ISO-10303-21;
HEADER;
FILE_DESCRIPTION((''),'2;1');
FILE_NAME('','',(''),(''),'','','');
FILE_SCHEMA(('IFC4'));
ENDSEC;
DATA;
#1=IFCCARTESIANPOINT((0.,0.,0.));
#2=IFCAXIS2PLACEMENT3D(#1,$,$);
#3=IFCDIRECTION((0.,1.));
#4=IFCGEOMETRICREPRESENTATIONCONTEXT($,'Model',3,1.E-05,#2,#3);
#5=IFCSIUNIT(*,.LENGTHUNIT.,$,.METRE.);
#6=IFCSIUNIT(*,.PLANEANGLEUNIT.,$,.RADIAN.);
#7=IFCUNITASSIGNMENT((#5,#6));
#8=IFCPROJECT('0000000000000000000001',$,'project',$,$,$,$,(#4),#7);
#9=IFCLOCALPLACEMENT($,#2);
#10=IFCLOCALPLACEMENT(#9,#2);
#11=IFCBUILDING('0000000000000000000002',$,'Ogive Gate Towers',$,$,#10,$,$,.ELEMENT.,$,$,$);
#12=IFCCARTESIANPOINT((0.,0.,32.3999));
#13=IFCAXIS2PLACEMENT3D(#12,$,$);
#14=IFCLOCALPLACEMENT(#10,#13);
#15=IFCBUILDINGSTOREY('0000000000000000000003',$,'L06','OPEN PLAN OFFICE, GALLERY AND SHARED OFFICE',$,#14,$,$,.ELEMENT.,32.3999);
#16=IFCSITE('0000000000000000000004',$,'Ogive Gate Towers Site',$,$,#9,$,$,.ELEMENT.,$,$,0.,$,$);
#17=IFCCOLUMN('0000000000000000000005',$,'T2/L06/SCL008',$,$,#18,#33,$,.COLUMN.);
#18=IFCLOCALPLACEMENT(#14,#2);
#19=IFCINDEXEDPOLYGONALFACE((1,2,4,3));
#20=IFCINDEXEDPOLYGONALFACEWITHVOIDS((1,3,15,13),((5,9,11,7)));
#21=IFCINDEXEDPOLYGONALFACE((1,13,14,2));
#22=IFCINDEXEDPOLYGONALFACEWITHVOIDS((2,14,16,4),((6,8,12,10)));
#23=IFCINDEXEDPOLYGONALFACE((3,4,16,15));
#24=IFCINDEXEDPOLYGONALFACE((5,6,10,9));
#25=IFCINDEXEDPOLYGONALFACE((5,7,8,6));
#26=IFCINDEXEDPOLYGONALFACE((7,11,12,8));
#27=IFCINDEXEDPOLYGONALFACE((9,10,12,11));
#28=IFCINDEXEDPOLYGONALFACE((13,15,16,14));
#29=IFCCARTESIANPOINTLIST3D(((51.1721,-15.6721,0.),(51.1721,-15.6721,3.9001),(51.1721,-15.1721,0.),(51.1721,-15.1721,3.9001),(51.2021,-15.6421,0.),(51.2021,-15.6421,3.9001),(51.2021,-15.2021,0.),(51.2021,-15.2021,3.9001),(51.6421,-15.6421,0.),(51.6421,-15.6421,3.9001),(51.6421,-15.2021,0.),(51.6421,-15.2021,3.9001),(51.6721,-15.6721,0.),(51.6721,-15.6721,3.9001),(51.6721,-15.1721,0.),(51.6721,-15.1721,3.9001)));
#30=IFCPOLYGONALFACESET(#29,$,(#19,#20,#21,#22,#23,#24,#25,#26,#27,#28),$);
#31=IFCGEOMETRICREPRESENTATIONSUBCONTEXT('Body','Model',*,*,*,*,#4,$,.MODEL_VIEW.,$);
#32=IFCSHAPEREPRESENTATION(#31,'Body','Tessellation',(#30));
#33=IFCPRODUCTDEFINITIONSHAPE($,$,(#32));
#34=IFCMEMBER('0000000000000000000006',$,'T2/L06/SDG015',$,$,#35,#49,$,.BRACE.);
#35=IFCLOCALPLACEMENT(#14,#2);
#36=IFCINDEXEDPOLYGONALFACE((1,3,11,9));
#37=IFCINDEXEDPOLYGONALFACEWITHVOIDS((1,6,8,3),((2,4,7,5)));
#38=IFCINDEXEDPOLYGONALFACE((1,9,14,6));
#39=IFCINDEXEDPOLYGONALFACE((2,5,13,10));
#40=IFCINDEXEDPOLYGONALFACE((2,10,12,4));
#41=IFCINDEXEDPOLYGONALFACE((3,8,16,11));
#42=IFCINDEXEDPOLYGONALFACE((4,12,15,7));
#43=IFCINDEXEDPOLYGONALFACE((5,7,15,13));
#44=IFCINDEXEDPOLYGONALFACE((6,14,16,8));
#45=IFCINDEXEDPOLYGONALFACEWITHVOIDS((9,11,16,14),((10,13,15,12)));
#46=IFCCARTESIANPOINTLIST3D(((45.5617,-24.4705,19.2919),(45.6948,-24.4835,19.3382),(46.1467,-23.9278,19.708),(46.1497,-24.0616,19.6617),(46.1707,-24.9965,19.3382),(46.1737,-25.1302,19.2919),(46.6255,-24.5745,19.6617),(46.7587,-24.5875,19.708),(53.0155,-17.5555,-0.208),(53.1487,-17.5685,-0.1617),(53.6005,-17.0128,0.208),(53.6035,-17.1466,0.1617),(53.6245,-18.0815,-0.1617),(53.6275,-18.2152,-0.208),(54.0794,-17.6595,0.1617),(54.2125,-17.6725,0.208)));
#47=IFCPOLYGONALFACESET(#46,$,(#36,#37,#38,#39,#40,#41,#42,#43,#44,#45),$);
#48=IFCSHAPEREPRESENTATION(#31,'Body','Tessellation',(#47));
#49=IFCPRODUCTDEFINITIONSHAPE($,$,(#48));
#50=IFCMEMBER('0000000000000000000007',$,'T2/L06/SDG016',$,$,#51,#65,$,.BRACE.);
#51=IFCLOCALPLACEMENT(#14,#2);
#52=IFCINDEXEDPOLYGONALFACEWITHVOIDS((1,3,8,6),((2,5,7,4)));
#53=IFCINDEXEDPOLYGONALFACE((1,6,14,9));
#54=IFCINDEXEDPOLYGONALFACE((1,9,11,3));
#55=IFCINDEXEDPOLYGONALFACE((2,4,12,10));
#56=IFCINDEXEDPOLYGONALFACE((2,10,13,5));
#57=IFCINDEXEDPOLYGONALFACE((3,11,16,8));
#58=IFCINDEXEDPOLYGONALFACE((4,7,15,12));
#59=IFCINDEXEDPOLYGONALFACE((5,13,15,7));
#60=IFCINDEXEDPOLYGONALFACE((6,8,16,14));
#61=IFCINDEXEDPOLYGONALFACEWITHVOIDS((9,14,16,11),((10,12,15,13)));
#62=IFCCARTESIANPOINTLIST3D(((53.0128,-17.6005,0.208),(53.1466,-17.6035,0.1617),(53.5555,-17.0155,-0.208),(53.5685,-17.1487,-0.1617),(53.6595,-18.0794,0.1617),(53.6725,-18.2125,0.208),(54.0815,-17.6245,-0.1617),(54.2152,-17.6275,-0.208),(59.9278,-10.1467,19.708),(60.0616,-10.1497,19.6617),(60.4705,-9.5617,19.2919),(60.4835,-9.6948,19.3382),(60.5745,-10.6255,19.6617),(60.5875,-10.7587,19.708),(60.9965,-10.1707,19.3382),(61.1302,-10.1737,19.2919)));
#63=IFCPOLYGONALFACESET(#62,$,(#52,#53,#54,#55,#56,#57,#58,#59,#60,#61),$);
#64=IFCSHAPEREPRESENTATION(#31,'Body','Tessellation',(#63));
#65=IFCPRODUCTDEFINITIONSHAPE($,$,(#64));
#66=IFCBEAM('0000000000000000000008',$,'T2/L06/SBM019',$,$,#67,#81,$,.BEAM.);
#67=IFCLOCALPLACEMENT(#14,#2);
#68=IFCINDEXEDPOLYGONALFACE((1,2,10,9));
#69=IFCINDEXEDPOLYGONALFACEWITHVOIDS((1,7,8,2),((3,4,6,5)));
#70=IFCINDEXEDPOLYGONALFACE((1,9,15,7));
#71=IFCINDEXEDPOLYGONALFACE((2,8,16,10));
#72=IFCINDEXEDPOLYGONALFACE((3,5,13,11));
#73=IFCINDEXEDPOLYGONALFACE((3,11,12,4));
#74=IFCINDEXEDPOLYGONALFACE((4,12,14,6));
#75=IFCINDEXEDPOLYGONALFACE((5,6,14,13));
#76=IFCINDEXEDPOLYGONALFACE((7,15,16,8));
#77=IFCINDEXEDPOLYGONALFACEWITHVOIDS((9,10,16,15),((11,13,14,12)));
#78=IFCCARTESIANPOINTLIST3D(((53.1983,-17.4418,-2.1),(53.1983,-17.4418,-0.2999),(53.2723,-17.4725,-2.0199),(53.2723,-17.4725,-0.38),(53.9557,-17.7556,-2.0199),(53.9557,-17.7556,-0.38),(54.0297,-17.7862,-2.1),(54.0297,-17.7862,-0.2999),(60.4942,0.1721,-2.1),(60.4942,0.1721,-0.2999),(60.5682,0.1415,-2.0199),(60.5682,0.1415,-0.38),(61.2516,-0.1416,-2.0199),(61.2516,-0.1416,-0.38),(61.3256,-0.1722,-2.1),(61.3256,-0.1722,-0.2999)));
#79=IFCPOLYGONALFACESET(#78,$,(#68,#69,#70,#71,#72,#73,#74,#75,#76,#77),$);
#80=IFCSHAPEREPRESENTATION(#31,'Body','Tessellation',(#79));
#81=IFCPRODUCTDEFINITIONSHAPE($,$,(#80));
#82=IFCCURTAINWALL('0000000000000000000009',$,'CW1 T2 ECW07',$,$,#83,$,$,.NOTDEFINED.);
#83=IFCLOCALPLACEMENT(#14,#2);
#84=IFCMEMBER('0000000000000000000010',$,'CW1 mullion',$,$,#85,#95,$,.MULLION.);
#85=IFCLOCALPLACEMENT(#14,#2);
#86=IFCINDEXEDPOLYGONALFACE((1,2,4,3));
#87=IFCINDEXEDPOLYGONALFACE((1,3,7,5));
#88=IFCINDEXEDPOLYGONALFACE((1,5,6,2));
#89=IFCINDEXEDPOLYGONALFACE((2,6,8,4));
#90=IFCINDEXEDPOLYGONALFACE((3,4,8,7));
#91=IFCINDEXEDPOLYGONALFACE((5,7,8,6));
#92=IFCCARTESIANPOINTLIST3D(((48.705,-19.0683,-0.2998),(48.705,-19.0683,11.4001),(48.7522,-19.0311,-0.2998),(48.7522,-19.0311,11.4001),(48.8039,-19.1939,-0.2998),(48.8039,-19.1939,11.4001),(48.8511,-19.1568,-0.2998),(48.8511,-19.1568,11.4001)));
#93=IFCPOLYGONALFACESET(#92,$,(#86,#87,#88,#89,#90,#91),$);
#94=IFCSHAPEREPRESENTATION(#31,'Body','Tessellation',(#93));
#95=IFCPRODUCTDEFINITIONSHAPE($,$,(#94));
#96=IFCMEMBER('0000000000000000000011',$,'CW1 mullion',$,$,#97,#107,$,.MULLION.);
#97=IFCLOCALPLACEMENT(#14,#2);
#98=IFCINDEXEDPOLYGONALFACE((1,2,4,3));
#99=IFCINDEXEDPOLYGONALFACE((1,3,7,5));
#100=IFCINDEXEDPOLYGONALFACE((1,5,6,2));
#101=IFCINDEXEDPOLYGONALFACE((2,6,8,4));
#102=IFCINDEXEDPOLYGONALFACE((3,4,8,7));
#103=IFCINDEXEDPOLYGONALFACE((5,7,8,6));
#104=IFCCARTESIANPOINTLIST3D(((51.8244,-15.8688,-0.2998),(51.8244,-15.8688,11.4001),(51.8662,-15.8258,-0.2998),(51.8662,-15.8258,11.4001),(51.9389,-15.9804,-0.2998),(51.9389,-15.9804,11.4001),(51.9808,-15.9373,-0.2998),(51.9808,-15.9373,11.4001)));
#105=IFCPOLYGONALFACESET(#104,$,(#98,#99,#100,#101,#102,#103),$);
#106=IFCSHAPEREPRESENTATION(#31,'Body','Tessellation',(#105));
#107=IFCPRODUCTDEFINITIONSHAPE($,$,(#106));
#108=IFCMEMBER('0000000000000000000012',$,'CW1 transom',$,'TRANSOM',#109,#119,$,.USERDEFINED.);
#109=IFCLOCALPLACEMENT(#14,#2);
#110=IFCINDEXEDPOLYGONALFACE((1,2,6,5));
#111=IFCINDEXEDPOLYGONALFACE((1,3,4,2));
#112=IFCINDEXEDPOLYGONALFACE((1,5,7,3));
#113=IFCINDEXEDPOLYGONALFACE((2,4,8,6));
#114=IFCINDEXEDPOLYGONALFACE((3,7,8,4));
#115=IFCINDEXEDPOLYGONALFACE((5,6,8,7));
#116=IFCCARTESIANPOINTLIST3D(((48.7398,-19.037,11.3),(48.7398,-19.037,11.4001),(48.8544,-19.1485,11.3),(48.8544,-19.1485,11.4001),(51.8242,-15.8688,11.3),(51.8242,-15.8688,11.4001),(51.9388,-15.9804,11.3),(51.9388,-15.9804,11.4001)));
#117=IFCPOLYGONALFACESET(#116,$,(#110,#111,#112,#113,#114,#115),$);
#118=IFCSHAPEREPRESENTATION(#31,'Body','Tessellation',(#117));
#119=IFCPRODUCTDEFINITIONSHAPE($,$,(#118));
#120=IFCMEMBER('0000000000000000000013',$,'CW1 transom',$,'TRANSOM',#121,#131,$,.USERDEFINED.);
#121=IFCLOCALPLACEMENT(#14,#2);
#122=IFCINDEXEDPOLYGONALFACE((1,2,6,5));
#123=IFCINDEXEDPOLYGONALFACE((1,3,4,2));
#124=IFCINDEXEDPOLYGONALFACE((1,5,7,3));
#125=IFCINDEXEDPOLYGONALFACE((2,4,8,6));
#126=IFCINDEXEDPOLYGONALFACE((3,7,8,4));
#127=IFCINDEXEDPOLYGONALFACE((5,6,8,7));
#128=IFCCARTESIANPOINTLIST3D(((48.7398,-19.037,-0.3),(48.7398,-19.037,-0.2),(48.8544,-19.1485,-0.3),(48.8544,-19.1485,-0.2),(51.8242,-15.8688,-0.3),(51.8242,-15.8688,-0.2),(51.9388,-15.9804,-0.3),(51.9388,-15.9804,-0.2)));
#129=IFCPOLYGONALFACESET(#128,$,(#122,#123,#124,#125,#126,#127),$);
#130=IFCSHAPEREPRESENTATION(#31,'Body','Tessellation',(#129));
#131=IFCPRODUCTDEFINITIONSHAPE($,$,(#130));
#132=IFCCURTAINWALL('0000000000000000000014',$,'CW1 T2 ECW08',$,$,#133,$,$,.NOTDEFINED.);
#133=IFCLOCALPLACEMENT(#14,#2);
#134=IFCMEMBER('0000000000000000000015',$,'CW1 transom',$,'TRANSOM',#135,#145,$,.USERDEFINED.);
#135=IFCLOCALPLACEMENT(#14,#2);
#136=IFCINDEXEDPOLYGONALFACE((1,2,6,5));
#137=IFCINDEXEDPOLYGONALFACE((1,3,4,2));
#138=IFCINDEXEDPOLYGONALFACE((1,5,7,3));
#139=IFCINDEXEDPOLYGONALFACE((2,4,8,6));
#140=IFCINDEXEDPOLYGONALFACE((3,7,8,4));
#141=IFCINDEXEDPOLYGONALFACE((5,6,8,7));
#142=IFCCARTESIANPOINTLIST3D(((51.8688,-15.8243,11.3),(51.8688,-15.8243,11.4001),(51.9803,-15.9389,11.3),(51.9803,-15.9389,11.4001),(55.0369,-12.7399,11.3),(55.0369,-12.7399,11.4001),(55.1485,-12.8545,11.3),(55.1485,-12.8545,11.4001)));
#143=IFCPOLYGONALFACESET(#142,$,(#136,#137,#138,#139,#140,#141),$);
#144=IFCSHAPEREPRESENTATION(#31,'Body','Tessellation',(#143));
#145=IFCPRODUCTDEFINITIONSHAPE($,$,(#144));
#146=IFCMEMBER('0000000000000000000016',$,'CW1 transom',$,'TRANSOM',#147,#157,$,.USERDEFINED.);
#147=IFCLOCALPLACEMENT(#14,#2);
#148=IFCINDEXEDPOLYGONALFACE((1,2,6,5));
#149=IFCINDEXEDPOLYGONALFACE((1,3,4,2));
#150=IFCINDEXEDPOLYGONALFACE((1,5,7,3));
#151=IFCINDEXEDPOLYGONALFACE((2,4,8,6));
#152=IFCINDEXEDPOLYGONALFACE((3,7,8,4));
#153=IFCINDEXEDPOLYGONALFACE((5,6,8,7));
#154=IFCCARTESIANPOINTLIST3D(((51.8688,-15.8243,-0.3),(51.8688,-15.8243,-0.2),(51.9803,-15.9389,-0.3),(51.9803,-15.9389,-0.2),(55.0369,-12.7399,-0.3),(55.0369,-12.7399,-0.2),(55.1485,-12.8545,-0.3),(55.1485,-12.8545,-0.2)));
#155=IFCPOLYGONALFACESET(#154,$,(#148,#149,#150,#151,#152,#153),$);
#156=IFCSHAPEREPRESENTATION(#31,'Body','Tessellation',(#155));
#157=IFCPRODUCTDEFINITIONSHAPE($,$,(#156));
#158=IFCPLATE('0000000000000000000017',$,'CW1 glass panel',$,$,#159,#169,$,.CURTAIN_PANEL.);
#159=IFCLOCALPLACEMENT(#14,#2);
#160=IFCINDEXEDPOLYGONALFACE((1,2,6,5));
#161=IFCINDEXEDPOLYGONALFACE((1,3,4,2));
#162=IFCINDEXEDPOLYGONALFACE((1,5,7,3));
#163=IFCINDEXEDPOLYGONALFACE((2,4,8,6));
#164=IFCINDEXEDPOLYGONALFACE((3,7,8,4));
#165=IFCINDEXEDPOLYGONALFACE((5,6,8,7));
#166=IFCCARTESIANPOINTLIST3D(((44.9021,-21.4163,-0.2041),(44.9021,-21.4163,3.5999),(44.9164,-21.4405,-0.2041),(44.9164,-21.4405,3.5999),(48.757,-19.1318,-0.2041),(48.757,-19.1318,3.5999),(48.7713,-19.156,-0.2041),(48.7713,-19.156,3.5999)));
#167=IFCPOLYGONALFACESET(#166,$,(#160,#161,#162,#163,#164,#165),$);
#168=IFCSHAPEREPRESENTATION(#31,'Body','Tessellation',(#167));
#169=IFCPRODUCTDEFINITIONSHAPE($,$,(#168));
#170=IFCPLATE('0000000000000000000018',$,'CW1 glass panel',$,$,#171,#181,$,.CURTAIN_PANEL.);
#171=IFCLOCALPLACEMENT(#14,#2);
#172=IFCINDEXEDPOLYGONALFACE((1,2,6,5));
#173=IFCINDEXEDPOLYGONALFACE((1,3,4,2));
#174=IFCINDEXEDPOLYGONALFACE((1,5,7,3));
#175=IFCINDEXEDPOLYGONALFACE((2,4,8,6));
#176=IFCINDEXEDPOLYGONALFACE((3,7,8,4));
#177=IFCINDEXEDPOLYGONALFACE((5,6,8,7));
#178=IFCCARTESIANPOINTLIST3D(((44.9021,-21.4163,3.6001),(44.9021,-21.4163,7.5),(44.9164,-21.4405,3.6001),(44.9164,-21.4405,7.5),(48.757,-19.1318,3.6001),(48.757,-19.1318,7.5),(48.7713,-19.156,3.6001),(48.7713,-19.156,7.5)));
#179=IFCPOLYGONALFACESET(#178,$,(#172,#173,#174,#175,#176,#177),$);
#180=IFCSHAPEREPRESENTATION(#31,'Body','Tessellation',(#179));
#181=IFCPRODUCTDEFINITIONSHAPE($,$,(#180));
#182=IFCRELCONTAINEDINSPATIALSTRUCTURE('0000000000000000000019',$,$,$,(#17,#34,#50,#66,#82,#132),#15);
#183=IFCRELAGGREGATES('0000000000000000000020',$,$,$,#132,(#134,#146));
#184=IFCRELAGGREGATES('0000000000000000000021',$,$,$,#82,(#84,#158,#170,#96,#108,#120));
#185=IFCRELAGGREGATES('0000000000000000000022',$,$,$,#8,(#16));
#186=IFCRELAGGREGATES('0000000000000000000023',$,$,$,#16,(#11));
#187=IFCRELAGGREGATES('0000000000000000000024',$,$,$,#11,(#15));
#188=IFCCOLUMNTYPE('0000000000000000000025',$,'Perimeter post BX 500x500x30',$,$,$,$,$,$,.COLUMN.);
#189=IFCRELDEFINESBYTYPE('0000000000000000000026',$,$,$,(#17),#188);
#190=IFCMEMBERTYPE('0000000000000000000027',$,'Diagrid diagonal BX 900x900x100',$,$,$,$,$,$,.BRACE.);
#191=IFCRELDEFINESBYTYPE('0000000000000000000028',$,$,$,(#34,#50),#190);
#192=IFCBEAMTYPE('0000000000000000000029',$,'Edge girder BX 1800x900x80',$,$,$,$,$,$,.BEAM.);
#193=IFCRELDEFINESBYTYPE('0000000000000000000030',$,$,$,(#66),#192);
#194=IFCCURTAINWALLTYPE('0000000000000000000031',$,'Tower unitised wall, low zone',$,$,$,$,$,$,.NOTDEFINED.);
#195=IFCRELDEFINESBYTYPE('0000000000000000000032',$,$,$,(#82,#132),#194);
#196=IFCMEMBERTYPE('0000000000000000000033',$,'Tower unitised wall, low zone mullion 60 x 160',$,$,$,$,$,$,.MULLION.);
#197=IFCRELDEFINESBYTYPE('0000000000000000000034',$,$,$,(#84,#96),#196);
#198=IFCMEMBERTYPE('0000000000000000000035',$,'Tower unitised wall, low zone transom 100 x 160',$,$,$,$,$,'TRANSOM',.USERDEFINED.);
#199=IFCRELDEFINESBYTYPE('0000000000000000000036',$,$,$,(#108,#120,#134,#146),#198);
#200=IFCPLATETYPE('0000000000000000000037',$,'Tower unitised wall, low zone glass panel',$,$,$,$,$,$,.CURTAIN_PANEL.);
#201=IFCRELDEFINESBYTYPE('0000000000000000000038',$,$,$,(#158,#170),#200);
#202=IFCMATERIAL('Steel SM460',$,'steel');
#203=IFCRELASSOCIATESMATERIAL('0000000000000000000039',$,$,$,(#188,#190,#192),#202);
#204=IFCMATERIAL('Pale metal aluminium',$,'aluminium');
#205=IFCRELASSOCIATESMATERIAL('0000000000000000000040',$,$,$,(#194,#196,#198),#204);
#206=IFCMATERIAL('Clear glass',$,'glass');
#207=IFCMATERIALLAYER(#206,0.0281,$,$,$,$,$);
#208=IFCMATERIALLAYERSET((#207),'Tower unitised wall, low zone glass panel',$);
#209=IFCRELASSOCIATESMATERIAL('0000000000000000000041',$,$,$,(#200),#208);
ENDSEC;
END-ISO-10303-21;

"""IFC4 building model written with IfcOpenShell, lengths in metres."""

from ifc_helpers import new_model, si_unit, direction, frame, origin, origin_2d, place, context, subcontext, project, spatial, rectangle, hollow_rectangle, extrude, material, layer, layer_set, material_profile, profile_set, type_object, element, aggregate, save


model = new_model("IFC4")

# Units and contexts
model_context = context("Model", 3, precision=1e-05, world=origin(), true_north=direction((0.0, 1.0)))
body_context = subcontext(model_context, "Body", "Model", "MODEL_VIEW")
ifc_project = project(units=[si_unit("LENGTHUNIT", "METRE"), si_unit("PLANEANGLEUNIT", "RADIAN")], contexts=[model_context])

# Site, building, storey
site_placement = place(None, origin())
site = spatial("IfcSite", under=ifc_project, at=site_placement, Name="Ogive Gate Towers Site", CompositionType="ELEMENT", RefElevation=0.0)
building_placement = place(site_placement, origin())
building = spatial("IfcBuilding", under=site, at=building_placement, Name="Ogive Gate Towers", CompositionType="ELEMENT")
storey_placement = place(building_placement, frame((0.0, 0.0, 32.3999)))
storey = spatial("IfcBuildingStorey", under=building, at=storey_placement, Name="L06", Description="OPEN PLAN OFFICE, GALLERY AND SHARED OFFICE", CompositionType="ELEMENT", Elevation=32.3999)

# Column
ifc_material_1 = material(Name="Steel SM460", Category="steel")
ifc_material_profile_1 = material_profile(ifc_material_1, hollow_rectangle(XDim=0.5, YDim=0.5, WallThickness=0.03, at=origin_2d()), Name="BX 500x500x30")
ifc_profile_set_1 = profile_set([ifc_material_profile_1], Name="Steel SM460")
column_type = type_object("IfcColumnType", Name="Perimeter post BX 500x500x30", PredefinedType="COLUMN", material=ifc_profile_set_1)
column_placement = place(storey_placement, frame((51.4221, -15.4221, 0.0), z_axis=(0.0, 0.0, 1.0), x_axis=(1.0, 0.0, 0.0)))
element("IfcColumn", 1, at=column_placement, inside=storey, type_object=column_type, Name="T2/L06/SCL008", PredefinedType="COLUMN", context=body_context, shape_type="SweptSolid", body=[
    extrude(hollow_rectangle(XDim=0.5, YDim=0.5, WallThickness=0.03, at=origin_2d()), origin(), (0.0, 0.0, 1.0), 3.9001),
])

# Members
ifc_material_profile_2 = material_profile(ifc_material_1, hollow_rectangle(XDim=0.8999, YDim=0.8999, WallThickness=0.1001, at=origin_2d()), Name="BX 900x900x100")
ifc_profile_set_2 = profile_set([ifc_material_profile_2], Name="Steel SM460")
member_type_1 = type_object("IfcMemberType", Name="Diagrid diagonal BX 900x900x100", PredefinedType="BRACE", material=ifc_profile_set_2)
for number, where, z_axis, x_axis, name in (
    (2, (53.614, -17.614, 0.0), (-0.338942, -0.314441, 0.886705), (0.680113, -0.733107, 0.0), "T2/L06/SDG015"),
    (3, (53.614, -17.614, 0.0), (0.314441, 0.338942, 0.886705), (-0.733107, 0.680113, 0.0), "T2/L06/SDG016"),
):
    element("IfcMember", number, at=place(storey_placement, frame(where, z_axis=z_axis, x_axis=x_axis)), inside=storey, type_object=member_type_1, Name=name, PredefinedType="BRACE", context=body_context, shape_type="SweptSolid", body=[
        extrude(hollow_rectangle(XDim=0.8999, YDim=0.8999, WallThickness=0.1001, at=origin_2d()), origin(), (0.0, 0.0, 1.0), 21.9915),
    ])

# Beam
ifc_material_profile_3 = material_profile(ifc_material_1, hollow_rectangle(XDim=0.8999, YDim=1.8, WallThickness=0.0801, at=origin_2d()), Name="BX 1800x900x80")
ifc_profile_set_3 = profile_set([ifc_material_profile_3], Name="Steel SM460")
beam_type = type_object("IfcBeamType", Name="Edge girder BX 1800x900x80", PredefinedType="BEAM", material=ifc_profile_set_3)
beam_placement = place(storey_placement, frame((53.614, -17.614, -1.2), z_axis=(0.382681, 0.923881, 0.0), x_axis=(-0.923881, 0.382681, 0.0)))
element("IfcBeam", 4, at=beam_placement, inside=storey, type_object=beam_type, Name="T2/L06/SBM019", PredefinedType="BEAM", context=body_context, shape_type="SweptSolid", body=[
    extrude(hollow_rectangle(XDim=0.8999, YDim=1.8, WallThickness=0.0801, at=origin_2d()), origin(), (0.0, 0.0, 1.0), 19.0652),
])

# Curtain walls, members
ifc_material_2 = material(Name="Pale metal aluminium", Category="aluminium")
curtain_wall_type = type_object("IfcCurtainWallType", Name="Tower unitised wall, low zone", PredefinedType="NOTDEFINED", material=ifc_material_2)
curtain_wall_1_placement = place(storey_placement, origin())
curtain_wall_1 = element("IfcCurtainWall", 5, at=curtain_wall_1_placement, inside=storey, type_object=curtain_wall_type, Name="CW1 T2 ECW07", PredefinedType="NOTDEFINED")
ifc_material_profile_4 = material_profile(ifc_material_2, rectangle(XDim=0.1599, YDim=0.0601, at=origin_2d()), Name="60 x 160 aluminium box")
ifc_profile_set_4 = profile_set([ifc_material_profile_4], Name="Pale metal aluminium")
member_type_2 = type_object("IfcMemberType", Name="Tower unitised wall, low zone mullion 60 x 160", PredefinedType="MULLION", material=ifc_profile_set_4)
member_1_placement = place(storey_placement, frame((48.7781, -19.1125, -0.2998), z_axis=(0.0, 0.0, 1.0), x_axis=(0.618532, -0.78576, 0.0)))
member_1 = element("IfcMember", 6, at=member_1_placement, type_object=member_type_2, Name="CW1 mullion", PredefinedType="MULLION", context=body_context, shape_type="SweptSolid", body=[
    extrude(rectangle(XDim=0.1599, YDim=0.0601, at=origin_2d()), origin(), (0.0, 0.0, 1.0), 11.7),
])
member_2_placement = place(storey_placement, frame((51.9026, -15.9031, -0.2998), z_axis=(0.0, 0.0, 1.0), x_axis=(0.716497, -0.69759, 0.0)))
member_2 = element("IfcMember", 7, at=member_2_placement, type_object=member_type_2, Name="CW1 mullion", PredefinedType="MULLION", context=body_context, shape_type="SweptSolid", body=[
    extrude(rectangle(XDim=0.1599, YDim=0.0601, at=origin_2d()), origin(), (0.0, 0.0, 1.0), 11.7),
])
ifc_material_profile_5 = material_profile(ifc_material_2, rectangle(XDim=0.1599, YDim=0.1001, at=origin_2d()), Name="100 x 160 aluminium box")
ifc_profile_set_5 = profile_set([ifc_material_profile_5], Name="Pale metal aluminium")
member_type_3 = type_object("IfcMemberType", Name="Tower unitised wall, low zone transom 100 x 160", ElementType="TRANSOM", PredefinedType="USERDEFINED", material=ifc_profile_set_5)
member_3_placement = place(storey_placement, frame((48.7971, -19.0928, 11.3501), z_axis=(0.697574, 0.716513, 0.0), x_axis=(-0.716513, 0.697574, 0.0)))
member_3 = element("IfcMember", 8, at=member_3_placement, type_object=member_type_3, Name="CW1 transom", ObjectType="TRANSOM", PredefinedType="USERDEFINED", context=body_context, shape_type="SweptSolid", body=[
    extrude(rectangle(XDim=0.1599, YDim=0.1001, at=origin_2d()), origin(), (0.0, 0.0, 1.0), 4.4216),
])
member_4_placement = place(storey_placement, frame((48.7971, -19.0928, -0.25), z_axis=(0.697574, 0.716513, 0.0), x_axis=(-0.716513, 0.697574, 0.0)))
member_4 = element("IfcMember", 9, at=member_4_placement, type_object=member_type_3, Name="CW1 transom", ObjectType="TRANSOM", PredefinedType="USERDEFINED", context=body_context, shape_type="SweptSolid", body=[
    extrude(rectangle(XDim=0.1599, YDim=0.1001, at=origin_2d()), origin(), (0.0, 0.0, 1.0), 4.4216),
])
curtain_wall_2_placement = place(storey_placement, origin())
curtain_wall_2 = element("IfcCurtainWall", 10, at=curtain_wall_2_placement, inside=storey, type_object=curtain_wall_type, Name="CW1 T2 ECW08", PredefinedType="NOTDEFINED")
member_5_placement = place(storey_placement, frame((51.9246, -15.8816, 11.3501), z_axis=(0.716513, 0.697574, 0.0), x_axis=(-0.697574, 0.716513, 0.0)))
member_5 = element("IfcMember", 11, at=member_5_placement, type_object=member_type_3, Name="CW1 transom", ObjectType="TRANSOM", PredefinedType="USERDEFINED", context=body_context, shape_type="SweptSolid", body=[
    extrude(rectangle(XDim=0.1599, YDim=0.1001, at=origin_2d()), origin(), (0.0, 0.0, 1.0), 4.4216),
])
member_6_placement = place(storey_placement, frame((51.9246, -15.8816, -0.25), z_axis=(0.716513, 0.697574, 0.0), x_axis=(-0.697574, 0.716513, 0.0)))
member_6 = element("IfcMember", 12, at=member_6_placement, type_object=member_type_3, Name="CW1 transom", ObjectType="TRANSOM", PredefinedType="USERDEFINED", context=body_context, shape_type="SweptSolid", body=[
    extrude(rectangle(XDim=0.1599, YDim=0.1001, at=origin_2d()), origin(), (0.0, 0.0, 1.0), 4.4216),
])
aggregate(curtain_wall_2, [member_5, member_6])

# Plates
ifc_material_3 = material(Name="Clear glass", Category="glass")
ifc_layer_1 = layer(ifc_material_3, 0.0281)
ifc_layer_set_1 = layer_set([ifc_layer_1], Name="Tower unitised wall, low zone glass panel")
plate_type = type_object("IfcPlateType", Name="Tower unitised wall, low zone glass panel", PredefinedType="CURTAIN_PANEL", material=ifc_layer_set_1)
plate_1_placement = place(storey_placement, frame((46.8367, -20.2861, -0.2041), z_axis=(0.0, 0.0, 1.0), x_axis=(0.86028, 0.509822, 0.0)))
plate_1 = element("IfcPlate", 13, at=plate_1_placement, type_object=plate_type, Name="CW1 glass panel", PredefinedType="CURTAIN_PANEL", context=body_context, shape_type="SweptSolid", body=[
    extrude(rectangle(XDim=4.481, YDim=0.0281, at=origin_2d()), origin(), (0.0, 0.0, 1.0), 3.804),
])
plate_2_placement = place(storey_placement, frame((46.8367, -20.2861, 3.6001), z_axis=(0.0, 0.0, 1.0), x_axis=(0.86028, 0.509822, 0.0)))
plate_2 = element("IfcPlate", 14, at=plate_2_placement, type_object=plate_type, Name="CW1 glass panel", PredefinedType="CURTAIN_PANEL", context=body_context, shape_type="SweptSolid", body=[
    extrude(rectangle(XDim=4.481, YDim=0.0281, at=origin_2d()), origin(), (0.0, 0.0, 1.0), 3.8999),
])
aggregate(curtain_wall_1, [member_1, plate_1, plate_2, member_2, member_3, member_4])

save(model, "model.ifc")
